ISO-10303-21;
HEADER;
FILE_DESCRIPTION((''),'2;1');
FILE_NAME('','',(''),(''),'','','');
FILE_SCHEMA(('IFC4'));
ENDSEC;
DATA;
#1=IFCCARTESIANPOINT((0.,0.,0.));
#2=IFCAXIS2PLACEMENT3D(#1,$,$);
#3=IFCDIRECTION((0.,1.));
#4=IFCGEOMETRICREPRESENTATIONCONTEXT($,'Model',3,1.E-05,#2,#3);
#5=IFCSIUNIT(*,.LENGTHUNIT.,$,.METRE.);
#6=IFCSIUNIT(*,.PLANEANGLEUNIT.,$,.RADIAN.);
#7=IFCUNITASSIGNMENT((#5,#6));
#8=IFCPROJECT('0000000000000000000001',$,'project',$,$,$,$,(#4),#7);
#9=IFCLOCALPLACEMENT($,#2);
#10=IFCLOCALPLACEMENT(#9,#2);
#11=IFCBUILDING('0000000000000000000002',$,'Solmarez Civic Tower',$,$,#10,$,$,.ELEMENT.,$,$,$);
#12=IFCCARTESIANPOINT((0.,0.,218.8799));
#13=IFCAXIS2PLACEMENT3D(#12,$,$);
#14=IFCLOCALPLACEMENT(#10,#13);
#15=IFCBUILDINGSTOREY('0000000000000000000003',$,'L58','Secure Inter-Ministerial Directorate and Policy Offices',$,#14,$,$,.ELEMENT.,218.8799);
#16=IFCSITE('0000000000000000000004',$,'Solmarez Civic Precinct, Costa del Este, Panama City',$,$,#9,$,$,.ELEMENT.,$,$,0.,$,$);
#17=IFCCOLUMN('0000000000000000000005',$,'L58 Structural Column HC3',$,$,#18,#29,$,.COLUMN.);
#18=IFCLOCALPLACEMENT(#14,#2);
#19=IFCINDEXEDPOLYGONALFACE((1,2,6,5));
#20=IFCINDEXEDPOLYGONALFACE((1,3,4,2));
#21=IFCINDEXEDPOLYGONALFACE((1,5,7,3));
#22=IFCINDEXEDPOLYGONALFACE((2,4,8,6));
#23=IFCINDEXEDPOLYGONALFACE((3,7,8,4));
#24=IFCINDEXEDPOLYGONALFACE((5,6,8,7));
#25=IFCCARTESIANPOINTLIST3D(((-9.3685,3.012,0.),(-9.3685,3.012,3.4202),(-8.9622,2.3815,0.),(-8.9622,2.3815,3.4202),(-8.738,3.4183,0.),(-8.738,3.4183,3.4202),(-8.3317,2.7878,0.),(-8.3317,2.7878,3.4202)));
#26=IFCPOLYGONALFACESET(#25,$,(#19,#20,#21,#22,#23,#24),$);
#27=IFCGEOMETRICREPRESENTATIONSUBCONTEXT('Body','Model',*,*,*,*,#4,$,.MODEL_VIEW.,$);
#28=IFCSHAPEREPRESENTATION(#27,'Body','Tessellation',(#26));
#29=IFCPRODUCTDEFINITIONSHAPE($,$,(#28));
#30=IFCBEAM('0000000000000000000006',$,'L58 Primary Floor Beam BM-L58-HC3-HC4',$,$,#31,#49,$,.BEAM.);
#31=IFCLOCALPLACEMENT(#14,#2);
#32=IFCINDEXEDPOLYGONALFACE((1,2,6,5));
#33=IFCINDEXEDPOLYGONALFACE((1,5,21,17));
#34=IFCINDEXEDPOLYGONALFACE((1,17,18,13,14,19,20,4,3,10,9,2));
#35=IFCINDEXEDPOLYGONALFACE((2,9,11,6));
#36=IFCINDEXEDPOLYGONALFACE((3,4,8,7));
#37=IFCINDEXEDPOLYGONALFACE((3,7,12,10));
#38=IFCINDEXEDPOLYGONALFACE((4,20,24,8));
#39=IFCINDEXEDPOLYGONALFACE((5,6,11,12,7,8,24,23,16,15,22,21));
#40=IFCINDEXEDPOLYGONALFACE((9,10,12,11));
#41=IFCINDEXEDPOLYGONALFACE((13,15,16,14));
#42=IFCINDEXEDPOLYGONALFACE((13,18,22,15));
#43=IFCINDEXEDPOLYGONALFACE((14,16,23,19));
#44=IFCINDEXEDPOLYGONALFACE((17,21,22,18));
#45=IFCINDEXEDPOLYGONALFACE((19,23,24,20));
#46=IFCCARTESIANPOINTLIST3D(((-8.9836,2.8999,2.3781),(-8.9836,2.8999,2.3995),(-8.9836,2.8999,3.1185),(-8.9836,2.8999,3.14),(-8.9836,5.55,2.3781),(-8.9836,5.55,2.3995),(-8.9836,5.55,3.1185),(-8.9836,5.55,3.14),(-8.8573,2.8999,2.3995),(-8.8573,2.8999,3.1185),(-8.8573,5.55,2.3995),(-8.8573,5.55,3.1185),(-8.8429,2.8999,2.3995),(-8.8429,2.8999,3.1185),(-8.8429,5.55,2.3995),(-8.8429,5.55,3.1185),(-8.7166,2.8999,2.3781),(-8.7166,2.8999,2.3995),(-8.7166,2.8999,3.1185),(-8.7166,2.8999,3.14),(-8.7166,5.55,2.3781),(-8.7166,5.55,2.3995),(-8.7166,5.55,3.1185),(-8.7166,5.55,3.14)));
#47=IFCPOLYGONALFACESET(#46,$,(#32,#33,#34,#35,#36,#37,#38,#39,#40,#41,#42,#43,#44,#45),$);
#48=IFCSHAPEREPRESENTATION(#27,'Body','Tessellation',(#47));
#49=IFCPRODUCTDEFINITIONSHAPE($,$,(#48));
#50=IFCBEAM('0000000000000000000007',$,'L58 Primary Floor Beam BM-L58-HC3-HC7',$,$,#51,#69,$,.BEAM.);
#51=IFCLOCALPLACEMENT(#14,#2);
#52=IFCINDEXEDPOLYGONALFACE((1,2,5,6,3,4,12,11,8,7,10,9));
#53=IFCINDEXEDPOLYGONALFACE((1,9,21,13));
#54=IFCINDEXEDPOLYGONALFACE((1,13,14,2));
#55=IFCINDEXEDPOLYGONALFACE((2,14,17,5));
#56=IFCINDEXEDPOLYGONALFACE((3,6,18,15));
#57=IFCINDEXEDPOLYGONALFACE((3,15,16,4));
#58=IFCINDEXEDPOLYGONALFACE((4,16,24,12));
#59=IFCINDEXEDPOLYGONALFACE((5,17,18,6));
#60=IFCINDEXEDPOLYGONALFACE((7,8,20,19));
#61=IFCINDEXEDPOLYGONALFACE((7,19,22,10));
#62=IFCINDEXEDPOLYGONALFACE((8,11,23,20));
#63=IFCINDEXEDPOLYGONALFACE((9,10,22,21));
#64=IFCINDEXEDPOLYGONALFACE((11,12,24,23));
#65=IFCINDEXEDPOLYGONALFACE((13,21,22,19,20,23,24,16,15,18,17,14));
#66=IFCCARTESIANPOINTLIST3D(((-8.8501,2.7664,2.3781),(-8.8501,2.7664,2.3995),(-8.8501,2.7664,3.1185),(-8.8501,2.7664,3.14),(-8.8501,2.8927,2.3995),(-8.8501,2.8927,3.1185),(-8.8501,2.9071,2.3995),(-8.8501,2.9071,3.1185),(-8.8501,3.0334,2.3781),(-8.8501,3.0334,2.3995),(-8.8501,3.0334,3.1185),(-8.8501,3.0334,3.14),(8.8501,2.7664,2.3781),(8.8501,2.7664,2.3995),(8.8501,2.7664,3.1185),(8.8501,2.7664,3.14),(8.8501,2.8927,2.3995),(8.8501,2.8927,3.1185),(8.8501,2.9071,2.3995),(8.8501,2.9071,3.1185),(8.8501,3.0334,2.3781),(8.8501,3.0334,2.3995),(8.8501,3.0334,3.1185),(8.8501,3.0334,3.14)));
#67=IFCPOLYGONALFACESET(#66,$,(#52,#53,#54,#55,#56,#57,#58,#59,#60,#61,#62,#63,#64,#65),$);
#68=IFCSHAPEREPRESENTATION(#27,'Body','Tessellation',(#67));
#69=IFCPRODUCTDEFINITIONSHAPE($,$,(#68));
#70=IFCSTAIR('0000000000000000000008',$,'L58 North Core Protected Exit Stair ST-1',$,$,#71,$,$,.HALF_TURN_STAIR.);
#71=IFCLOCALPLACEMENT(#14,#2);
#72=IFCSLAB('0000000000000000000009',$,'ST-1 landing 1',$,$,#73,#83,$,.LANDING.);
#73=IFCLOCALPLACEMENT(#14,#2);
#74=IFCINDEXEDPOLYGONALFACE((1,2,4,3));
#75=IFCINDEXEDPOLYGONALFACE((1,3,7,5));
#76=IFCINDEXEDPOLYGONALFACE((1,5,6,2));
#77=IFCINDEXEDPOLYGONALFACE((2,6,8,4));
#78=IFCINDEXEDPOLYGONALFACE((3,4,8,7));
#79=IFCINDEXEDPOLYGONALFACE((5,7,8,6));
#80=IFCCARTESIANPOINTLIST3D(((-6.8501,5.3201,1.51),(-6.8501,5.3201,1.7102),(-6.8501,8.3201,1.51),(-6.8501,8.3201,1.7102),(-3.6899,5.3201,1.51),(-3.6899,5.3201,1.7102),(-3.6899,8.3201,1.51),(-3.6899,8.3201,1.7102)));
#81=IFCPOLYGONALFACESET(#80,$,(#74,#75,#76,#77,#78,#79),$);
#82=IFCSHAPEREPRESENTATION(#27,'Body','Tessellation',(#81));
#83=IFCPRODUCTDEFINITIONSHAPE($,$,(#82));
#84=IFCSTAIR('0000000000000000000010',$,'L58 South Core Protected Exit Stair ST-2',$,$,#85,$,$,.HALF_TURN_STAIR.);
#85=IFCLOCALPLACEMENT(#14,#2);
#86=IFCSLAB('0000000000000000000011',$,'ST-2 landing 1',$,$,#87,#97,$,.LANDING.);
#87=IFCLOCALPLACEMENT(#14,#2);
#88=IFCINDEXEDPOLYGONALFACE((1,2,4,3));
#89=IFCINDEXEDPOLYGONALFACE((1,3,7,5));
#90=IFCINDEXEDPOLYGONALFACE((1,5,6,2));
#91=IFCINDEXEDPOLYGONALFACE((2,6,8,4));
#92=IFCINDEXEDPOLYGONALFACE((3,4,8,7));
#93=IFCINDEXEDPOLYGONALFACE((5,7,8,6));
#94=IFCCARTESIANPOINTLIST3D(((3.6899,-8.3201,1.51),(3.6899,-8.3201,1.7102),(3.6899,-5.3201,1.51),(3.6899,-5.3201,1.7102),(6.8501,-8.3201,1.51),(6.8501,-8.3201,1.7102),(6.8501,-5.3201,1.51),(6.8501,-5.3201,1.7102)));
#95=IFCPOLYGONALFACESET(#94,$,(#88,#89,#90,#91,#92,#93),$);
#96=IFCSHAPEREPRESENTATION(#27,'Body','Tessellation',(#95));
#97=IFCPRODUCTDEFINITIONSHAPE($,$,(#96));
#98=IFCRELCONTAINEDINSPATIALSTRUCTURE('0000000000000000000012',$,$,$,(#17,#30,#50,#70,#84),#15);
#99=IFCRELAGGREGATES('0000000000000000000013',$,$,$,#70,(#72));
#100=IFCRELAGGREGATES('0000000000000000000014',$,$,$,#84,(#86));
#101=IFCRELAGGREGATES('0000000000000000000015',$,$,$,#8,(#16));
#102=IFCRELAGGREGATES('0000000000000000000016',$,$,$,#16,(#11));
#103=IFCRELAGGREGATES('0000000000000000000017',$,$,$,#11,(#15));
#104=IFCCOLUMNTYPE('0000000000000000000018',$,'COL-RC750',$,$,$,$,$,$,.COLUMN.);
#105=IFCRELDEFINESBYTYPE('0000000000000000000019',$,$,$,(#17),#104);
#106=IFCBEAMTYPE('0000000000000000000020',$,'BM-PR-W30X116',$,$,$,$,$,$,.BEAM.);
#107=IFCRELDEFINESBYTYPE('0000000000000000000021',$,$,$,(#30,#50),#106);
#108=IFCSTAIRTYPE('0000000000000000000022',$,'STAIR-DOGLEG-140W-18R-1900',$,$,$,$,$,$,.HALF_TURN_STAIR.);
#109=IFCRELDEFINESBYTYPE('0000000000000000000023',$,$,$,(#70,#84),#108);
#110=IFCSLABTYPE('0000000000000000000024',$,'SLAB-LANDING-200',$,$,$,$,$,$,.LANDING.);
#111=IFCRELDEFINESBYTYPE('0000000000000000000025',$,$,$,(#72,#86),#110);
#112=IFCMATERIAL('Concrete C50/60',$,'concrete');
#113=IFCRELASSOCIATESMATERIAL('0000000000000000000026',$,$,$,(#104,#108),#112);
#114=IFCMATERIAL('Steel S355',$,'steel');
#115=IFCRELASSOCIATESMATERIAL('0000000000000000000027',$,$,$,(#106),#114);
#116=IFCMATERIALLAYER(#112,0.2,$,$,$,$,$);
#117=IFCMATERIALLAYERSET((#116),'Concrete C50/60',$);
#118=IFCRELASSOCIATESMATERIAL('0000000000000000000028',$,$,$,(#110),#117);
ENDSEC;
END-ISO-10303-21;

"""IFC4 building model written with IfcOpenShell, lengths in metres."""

from ifc_helpers import new_model, si_unit, direction, frame, origin, origin_2d, place, context, subcontext, project, spatial, polyline, rectangle, i_section, outline, extrude, material, layer, layer_set, material_profile, profile_set, type_object, element, aggregate, save


model = new_model("IFC4")

# Units and contexts
model_context = context("Model", 3, precision=1e-05, world=origin(), true_north=direction((0.0, 1.0)))
body_context = subcontext(model_context, "Body", "Model", "MODEL_VIEW")
ifc_project = project(units=[si_unit("LENGTHUNIT", "METRE"), si_unit("PLANEANGLEUNIT", "RADIAN")], contexts=[model_context])

# Site, building, storey
site_placement = place(None, origin())
site = spatial("IfcSite", under=ifc_project, at=site_placement, Name="Solmarez Civic Precinct, Costa del Este, Panama City", CompositionType="ELEMENT", RefElevation=0.0)
building_placement = place(site_placement, origin())
building = spatial("IfcBuilding", under=site, at=building_placement, Name="Solmarez Civic Tower", CompositionType="ELEMENT")
storey_placement = place(building_placement, frame((0.0, 0.0, 218.8799)))
storey = spatial("IfcBuildingStorey", under=building, at=storey_placement, Name="L58", Description="Secure Inter-Ministerial Directorate and Policy Offices", CompositionType="ELEMENT", Elevation=218.8799)

# Column
ifc_material_1 = material(Name="Concrete C50/60", Category="concrete")
ifc_material_profile_1 = material_profile(ifc_material_1, rectangle(XDim=0.75, YDim=0.75, at=origin_2d()), Name="RC750X750")
ifc_profile_set_1 = profile_set([ifc_material_profile_1], Name="Concrete C50/60")
column_type = type_object("IfcColumnType", Name="COL-RC750", PredefinedType="COLUMN", material=ifc_profile_set_1)
column_placement = place(storey_placement, frame((-8.8501, 2.8999, 0.0), z_axis=(0.0, 0.0, 1.0), x_axis=(0.840567, 0.541708, 0.0)))
element("IfcColumn", 1, at=column_placement, inside=storey, type_object=column_type, Name="L58 Structural Column HC3", PredefinedType="COLUMN", context=body_context, shape_type="SweptSolid", body=[
    extrude(rectangle(XDim=0.75, YDim=0.75, at=origin_2d()), origin(), (0.0, 0.0, 1.0), 3.4202),
])

# Beams
ifc_material_2 = material(Name="Steel S355", Category="steel")
ifc_material_profile_2 = material_profile(ifc_material_2, i_section(OverallWidth=0.2671, OverallDepth=0.762, WebThickness=0.0144, FlangeThickness=0.0215, at=origin_2d()), Name="W30X116")
ifc_profile_set_2 = profile_set([ifc_material_profile_2], Name="Steel S355")
beam_type = type_object("IfcBeamType", Name="BM-PR-W30X116", PredefinedType="BEAM", material=ifc_profile_set_2)
beam_1_placement = place(storey_placement, frame((-8.8501, 2.8999, 2.759), z_axis=(0.0, 1.0, 0.0), x_axis=(-1.0, 0.0, 0.0)))
element("IfcBeam", 2, at=beam_1_placement, inside=storey, type_object=beam_type, Name="L58 Primary Floor Beam BM-L58-HC3-HC4", PredefinedType="BEAM", context=body_context, shape_type="SweptSolid", body=[
    extrude(i_section(OverallWidth=0.2671, OverallDepth=0.762, WebThickness=0.0144, FlangeThickness=0.0215, at=origin_2d()), origin(), (0.0, 0.0, 1.0), 2.6501),
])
beam_2_placement = place(storey_placement, frame((-8.8501, 2.8999, 2.759), z_axis=(1.0, 0.0, 0.0), x_axis=(0.0, 1.0, 0.0)))
element("IfcBeam", 3, at=beam_2_placement, inside=storey, type_object=beam_type, Name="L58 Primary Floor Beam BM-L58-HC3-HC7", PredefinedType="BEAM", context=body_context, shape_type="SweptSolid", body=[
    extrude(i_section(OverallWidth=0.2671, OverallDepth=0.762, WebThickness=0.0144, FlangeThickness=0.0215, at=origin_2d()), origin(), (0.0, 0.0, 1.0), 17.7002),
])

# Stairs, slabs
stair_type = type_object("IfcStairType", Name="STAIR-DOGLEG-140W-18R-1900", PredefinedType="HALF_TURN_STAIR", material=ifc_material_1)
stair_1_placement = place(storey_placement, origin())
stair_1 = element("IfcStair", 4, at=stair_1_placement, inside=storey, type_object=stair_type, Name="L58 North Core Protected Exit Stair ST-1", PredefinedType="HALF_TURN_STAIR")
ifc_layer_1 = layer(ifc_material_1, 0.2)
ifc_layer_set_1 = layer_set([ifc_layer_1], Name="Concrete C50/60")
slab_type_1 = type_object("IfcSlabType", Name="SLAB-LANDING-200", PredefinedType="LANDING", material=ifc_layer_set_1)
slab_1_placement = place(storey_placement, frame((0.0, 0.0, 1.51)))
slab_1 = element("IfcSlab", 5, at=slab_1_placement, type_object=slab_type_1, Name="ST-1 landing 1", PredefinedType="LANDING", context=body_context, shape_type="SweptSolid", body=[
    extrude(outline(polyline([(-3.6899, 8.3201), (-6.8501, 8.3201), (-6.8501, 5.3201), (-3.6899, 5.3201), (-3.6899, 8.3201)])), origin(), (0.0, 0.0, 1.0), 0.2002),
])
aggregate(stair_1, [slab_1])
stair_2_placement = place(storey_placement, origin())
stair_2 = element("IfcStair", 6, at=stair_2_placement, inside=storey, type_object=stair_type, Name="L58 South Core Protected Exit Stair ST-2", PredefinedType="HALF_TURN_STAIR")
slab_2_placement = place(storey_placement, frame((0.0, 0.0, 1.51)))
slab_2 = element("IfcSlab", 7, at=slab_2_placement, type_object=slab_type_1, Name="ST-2 landing 1", PredefinedType="LANDING", context=body_context, shape_type="SweptSolid", body=[
    extrude(outline(polyline([(3.6899, -8.3201), (6.8501, -8.3201), (6.8501, -5.3201), (3.6899, -5.3201), (3.6899, -8.3201)])), origin(), (0.0, 0.0, 1.0), 0.2002),
])
aggregate(stair_2, [slab_2])

save(model, "model.ifc")
